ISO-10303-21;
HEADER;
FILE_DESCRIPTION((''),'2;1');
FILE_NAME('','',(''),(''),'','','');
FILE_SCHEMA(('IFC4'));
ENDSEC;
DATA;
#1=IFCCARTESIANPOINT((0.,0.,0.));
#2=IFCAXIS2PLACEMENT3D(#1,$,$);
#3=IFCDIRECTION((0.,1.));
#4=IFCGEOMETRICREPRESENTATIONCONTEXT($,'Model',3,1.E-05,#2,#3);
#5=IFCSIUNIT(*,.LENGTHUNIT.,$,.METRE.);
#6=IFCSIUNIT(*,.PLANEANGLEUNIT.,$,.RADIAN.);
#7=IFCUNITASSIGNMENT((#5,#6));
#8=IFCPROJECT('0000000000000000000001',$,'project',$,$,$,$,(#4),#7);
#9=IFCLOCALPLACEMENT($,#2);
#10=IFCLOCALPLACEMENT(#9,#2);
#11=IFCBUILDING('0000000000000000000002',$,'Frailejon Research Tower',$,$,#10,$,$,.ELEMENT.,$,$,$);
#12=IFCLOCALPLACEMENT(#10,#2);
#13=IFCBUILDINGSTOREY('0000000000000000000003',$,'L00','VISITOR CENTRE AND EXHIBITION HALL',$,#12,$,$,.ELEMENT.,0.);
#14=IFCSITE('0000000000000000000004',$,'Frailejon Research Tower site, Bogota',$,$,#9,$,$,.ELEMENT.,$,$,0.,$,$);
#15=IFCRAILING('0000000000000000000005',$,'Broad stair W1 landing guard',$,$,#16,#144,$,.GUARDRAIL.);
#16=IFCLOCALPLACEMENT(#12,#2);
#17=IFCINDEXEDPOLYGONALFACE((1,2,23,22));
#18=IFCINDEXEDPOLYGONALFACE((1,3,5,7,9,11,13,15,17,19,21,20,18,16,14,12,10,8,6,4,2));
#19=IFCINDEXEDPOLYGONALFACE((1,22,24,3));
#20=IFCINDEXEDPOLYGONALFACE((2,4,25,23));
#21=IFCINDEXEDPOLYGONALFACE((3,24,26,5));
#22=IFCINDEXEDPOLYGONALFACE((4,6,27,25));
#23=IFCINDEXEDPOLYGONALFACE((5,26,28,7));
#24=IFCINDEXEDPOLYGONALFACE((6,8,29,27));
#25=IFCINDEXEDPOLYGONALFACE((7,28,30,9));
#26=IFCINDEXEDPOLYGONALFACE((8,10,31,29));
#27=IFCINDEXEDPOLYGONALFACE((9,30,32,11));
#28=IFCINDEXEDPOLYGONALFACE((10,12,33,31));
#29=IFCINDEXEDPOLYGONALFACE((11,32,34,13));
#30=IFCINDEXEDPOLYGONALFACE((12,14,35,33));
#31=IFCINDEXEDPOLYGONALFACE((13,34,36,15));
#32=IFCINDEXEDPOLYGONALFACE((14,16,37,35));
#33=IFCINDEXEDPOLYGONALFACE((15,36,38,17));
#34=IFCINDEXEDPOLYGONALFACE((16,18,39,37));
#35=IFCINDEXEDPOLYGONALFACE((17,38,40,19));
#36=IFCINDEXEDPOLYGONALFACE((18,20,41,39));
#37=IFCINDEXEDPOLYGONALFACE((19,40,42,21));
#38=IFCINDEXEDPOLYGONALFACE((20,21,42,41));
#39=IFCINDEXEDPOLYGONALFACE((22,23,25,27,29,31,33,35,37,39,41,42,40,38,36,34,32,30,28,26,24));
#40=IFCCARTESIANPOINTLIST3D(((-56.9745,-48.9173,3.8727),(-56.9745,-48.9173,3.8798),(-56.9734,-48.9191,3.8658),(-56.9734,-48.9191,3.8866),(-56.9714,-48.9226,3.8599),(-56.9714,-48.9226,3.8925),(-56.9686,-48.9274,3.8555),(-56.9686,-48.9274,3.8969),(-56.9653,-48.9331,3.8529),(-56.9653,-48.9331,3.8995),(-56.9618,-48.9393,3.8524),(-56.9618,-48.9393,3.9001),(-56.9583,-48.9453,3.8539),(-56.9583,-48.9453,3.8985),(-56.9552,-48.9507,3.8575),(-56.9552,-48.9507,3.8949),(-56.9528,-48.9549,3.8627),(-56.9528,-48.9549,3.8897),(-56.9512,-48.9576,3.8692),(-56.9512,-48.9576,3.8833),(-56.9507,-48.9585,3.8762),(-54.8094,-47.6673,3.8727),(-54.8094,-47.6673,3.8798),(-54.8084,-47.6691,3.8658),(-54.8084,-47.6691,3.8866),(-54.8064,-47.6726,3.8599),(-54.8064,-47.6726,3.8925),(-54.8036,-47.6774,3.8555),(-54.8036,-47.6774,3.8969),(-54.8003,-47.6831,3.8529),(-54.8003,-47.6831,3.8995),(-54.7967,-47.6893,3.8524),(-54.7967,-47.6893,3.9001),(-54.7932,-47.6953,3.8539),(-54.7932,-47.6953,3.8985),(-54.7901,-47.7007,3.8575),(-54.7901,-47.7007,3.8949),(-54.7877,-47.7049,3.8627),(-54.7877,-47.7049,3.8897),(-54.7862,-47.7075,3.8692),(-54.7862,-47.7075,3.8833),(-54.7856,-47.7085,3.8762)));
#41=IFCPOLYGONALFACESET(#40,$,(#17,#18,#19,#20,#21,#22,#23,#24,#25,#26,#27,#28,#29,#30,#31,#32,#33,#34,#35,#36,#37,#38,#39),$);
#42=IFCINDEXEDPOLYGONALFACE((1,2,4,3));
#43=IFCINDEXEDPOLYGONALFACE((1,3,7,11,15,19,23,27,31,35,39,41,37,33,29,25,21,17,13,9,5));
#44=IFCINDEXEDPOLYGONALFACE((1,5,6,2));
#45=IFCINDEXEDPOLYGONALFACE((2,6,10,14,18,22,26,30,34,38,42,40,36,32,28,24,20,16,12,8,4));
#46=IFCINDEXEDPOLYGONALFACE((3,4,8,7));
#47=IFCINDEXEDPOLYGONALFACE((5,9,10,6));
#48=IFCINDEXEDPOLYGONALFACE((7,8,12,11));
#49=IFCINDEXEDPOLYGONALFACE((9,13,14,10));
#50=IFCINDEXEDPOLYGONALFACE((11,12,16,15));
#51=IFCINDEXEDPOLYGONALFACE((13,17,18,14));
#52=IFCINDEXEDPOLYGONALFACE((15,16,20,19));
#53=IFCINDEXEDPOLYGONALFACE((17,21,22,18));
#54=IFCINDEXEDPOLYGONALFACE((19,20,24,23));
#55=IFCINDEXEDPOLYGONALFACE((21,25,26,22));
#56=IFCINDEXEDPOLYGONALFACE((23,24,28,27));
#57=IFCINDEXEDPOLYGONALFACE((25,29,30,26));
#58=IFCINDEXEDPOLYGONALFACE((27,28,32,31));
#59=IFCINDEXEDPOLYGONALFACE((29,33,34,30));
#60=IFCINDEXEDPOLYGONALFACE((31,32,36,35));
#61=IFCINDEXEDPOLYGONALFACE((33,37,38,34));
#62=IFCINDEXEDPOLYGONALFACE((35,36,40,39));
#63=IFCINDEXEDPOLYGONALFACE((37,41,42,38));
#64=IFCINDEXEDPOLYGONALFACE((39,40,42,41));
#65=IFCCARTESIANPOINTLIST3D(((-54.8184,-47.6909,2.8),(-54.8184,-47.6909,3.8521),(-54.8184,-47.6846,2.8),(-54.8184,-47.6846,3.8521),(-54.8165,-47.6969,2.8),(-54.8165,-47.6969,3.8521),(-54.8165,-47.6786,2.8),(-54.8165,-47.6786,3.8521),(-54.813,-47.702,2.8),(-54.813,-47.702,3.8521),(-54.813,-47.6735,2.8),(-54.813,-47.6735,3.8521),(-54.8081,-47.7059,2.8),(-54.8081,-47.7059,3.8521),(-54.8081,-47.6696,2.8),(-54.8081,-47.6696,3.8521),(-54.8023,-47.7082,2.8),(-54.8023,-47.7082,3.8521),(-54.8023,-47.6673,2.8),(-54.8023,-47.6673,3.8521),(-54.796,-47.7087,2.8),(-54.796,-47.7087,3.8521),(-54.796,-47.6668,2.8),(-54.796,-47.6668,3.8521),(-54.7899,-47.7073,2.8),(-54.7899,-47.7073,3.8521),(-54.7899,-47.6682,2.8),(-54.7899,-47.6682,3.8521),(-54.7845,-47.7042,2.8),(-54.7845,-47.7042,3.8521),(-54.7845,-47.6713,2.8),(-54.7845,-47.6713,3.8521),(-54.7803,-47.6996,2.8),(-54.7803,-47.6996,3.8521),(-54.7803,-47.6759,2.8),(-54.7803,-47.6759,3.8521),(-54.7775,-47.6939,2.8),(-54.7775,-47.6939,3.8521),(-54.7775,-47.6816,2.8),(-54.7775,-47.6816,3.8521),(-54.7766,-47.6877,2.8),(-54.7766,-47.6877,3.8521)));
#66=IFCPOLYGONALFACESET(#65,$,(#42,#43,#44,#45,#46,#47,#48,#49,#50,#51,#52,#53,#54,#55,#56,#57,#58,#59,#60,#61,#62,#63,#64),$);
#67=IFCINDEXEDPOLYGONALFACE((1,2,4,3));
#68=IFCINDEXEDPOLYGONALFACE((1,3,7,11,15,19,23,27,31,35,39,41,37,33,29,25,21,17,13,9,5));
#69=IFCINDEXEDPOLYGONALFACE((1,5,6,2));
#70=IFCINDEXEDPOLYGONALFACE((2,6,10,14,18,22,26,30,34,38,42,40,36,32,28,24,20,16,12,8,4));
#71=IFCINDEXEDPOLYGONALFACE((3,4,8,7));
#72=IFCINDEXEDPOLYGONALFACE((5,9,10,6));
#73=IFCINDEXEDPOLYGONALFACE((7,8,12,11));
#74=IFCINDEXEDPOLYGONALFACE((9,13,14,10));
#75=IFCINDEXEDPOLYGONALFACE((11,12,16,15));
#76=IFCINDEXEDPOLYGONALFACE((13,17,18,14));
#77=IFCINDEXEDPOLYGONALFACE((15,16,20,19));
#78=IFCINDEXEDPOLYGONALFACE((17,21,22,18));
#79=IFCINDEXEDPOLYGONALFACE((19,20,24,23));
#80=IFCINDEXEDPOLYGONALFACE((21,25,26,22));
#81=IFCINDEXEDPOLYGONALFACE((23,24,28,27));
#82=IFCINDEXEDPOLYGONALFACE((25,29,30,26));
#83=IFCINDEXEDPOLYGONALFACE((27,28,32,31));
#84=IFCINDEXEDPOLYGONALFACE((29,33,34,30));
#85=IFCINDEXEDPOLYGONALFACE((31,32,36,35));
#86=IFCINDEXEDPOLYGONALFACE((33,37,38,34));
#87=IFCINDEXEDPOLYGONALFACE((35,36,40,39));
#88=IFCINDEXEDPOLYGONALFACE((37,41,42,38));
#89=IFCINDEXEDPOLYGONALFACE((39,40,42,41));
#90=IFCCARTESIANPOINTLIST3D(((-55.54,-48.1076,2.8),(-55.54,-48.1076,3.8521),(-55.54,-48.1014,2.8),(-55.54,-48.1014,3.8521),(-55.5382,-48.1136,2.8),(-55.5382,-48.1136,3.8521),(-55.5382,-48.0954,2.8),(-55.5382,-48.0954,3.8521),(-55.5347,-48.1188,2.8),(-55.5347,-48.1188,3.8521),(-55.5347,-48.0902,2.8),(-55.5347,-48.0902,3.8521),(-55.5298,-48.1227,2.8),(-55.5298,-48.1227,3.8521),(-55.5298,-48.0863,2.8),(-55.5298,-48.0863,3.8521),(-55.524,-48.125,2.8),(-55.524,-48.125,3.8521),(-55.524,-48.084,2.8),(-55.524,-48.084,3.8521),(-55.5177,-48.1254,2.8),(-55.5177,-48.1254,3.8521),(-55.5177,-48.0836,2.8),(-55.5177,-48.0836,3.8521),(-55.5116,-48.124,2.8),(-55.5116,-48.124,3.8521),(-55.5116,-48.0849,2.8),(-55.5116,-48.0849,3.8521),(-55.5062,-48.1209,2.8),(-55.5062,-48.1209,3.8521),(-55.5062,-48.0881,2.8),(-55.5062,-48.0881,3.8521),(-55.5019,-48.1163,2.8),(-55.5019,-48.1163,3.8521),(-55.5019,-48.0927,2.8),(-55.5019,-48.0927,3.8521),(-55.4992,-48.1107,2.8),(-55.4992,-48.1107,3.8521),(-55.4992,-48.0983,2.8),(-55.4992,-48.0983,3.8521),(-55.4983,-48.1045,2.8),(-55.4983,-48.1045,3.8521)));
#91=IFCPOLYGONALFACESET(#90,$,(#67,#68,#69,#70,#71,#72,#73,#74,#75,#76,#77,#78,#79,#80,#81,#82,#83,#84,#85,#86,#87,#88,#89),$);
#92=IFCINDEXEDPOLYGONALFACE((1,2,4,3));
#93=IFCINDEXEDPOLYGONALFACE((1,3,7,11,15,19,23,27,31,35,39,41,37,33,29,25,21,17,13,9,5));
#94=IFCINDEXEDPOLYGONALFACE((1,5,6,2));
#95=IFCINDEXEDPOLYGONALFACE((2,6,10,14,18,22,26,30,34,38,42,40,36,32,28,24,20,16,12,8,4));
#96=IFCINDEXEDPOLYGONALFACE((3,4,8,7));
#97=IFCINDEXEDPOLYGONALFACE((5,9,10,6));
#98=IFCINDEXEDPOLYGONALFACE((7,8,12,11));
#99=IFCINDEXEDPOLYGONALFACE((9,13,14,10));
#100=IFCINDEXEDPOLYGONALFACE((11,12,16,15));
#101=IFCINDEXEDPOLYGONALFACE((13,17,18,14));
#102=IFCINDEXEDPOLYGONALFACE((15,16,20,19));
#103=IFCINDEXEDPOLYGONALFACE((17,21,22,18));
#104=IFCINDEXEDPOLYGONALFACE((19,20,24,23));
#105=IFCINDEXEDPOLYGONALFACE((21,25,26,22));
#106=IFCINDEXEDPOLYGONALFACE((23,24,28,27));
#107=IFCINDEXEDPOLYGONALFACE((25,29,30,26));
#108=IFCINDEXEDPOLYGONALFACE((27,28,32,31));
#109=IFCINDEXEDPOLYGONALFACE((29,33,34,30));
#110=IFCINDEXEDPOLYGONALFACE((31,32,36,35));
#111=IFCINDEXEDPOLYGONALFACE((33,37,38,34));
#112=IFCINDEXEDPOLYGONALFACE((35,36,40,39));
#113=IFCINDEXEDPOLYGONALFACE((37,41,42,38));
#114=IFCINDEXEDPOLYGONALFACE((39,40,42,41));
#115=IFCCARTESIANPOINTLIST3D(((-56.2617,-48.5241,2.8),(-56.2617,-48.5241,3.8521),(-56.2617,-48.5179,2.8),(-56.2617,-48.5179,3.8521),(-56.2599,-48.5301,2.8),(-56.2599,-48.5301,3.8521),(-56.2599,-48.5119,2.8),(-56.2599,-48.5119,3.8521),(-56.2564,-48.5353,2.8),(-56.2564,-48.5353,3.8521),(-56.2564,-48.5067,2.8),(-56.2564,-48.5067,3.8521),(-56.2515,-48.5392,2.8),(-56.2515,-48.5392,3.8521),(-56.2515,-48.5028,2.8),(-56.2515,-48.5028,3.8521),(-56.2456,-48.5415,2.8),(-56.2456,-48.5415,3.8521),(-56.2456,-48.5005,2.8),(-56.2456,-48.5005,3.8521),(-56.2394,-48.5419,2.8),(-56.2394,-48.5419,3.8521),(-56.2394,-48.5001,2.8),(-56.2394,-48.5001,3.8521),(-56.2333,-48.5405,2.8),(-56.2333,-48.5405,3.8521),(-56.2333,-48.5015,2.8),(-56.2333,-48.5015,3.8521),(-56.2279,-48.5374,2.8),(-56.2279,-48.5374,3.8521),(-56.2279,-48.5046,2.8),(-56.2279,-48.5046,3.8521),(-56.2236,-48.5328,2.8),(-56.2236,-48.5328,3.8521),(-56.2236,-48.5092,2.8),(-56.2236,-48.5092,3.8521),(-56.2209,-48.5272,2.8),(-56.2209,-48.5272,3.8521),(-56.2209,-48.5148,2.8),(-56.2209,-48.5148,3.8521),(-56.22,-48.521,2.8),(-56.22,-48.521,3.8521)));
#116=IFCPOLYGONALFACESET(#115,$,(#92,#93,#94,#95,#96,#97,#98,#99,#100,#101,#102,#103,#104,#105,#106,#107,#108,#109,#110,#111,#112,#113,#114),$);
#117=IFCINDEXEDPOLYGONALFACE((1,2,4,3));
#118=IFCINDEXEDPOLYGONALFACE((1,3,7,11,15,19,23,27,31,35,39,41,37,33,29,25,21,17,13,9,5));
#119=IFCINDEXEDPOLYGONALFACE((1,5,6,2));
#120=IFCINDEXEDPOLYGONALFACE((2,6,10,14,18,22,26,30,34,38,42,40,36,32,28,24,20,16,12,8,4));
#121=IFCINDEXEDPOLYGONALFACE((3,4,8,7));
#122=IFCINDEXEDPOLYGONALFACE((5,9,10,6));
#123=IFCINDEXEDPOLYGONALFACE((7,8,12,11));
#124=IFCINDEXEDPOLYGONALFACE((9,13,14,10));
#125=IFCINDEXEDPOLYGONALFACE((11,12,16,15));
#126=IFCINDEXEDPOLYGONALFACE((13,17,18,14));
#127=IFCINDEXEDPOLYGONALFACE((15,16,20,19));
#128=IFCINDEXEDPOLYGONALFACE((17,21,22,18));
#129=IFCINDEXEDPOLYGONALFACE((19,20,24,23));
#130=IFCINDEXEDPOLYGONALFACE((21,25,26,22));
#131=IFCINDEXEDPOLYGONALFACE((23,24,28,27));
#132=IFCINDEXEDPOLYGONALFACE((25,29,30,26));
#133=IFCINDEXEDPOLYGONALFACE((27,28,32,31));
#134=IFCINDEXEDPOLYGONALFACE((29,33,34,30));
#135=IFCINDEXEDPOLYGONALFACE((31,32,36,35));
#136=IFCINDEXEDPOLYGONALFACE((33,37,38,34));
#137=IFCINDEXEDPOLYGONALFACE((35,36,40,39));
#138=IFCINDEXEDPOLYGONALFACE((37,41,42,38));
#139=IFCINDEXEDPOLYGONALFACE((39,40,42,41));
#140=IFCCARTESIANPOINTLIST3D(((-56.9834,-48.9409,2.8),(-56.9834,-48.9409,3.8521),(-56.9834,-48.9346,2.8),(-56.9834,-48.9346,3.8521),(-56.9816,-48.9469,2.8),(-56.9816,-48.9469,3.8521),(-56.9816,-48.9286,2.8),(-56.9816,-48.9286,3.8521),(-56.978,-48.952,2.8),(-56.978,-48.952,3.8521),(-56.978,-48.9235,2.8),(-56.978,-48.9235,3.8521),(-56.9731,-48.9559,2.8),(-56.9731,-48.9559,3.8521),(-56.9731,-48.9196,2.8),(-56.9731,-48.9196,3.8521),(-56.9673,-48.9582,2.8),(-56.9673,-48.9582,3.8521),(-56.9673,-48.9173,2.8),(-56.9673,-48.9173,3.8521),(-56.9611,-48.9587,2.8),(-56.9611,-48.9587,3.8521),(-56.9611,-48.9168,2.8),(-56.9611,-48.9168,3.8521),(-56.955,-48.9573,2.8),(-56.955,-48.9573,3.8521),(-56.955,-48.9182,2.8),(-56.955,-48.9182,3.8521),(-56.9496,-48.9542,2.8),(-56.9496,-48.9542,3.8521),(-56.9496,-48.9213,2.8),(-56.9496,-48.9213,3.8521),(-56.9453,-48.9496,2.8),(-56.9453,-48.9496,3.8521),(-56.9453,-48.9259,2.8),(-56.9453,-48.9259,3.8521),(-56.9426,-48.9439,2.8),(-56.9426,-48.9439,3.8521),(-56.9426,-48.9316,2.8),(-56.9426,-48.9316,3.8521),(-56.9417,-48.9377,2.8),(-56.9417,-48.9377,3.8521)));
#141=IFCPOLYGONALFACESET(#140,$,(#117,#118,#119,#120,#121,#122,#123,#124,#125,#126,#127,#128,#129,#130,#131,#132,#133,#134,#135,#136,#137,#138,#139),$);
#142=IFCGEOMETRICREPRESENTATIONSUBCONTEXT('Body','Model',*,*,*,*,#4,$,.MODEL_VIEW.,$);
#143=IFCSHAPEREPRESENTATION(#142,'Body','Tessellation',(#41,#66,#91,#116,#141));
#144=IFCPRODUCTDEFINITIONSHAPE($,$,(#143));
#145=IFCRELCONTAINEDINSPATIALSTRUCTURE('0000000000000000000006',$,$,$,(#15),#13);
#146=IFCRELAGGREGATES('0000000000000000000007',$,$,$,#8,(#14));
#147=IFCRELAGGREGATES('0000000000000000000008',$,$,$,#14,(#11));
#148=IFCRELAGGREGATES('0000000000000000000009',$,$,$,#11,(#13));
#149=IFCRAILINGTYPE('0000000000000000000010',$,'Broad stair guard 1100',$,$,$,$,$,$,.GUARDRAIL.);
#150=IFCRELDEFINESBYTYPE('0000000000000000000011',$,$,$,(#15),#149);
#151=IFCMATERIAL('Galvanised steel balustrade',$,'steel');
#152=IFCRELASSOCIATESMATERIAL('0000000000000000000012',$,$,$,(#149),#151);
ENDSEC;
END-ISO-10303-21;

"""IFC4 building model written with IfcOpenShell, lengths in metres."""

from ifc_helpers import new_model, si_unit, direction, frame, origin, origin_2d, place, context, subcontext, project, spatial, circle, extrude, material, type_object, element, save


model = new_model("IFC4")

# Units and contexts
model_context = context("Model", 3, precision=1e-05, world=origin(), true_north=direction((0.0, 1.0)))
body_context = subcontext(model_context, "Body", "Model", "MODEL_VIEW")
ifc_project = project(units=[si_unit("LENGTHUNIT", "METRE"), si_unit("PLANEANGLEUNIT", "RADIAN")], contexts=[model_context])

# Site, building, storey
site_placement = place(None, origin())
site = spatial("IfcSite", under=ifc_project, at=site_placement, Name="Frailejon Research Tower site, Bogota", CompositionType="ELEMENT", RefElevation=0.0)
building_placement = place(site_placement, origin())
building = spatial("IfcBuilding", under=site, at=building_placement, Name="Frailejon Research Tower", CompositionType="ELEMENT")
storey_placement = place(building_placement, origin())
storey = spatial("IfcBuildingStorey", under=building, at=storey_placement, Name="L00", Description="VISITOR CENTRE AND EXHIBITION HALL", CompositionType="ELEMENT", Elevation=0.0)

# Railing
ifc_material_1 = material(Name="Galvanised steel balustrade", Category="steel")
railing_type_1 = type_object("IfcRailingType", Name="Broad stair guard 1100", PredefinedType="GUARDRAIL", material=ifc_material_1)
railing_1_placement = place(storey_placement, frame((-54.7976, -47.6877, 2.8)))
element("IfcRailing", 1, at=railing_1_placement, inside=storey, type_object=railing_type_1, Name="Broad stair W1 landing guard", PredefinedType="GUARDRAIL", context=body_context, shape_type="SweptSolid", body=[
    extrude(circle(Radius=0.0239, at=origin_2d()), frame((0.0, 0.0, 1.0762), z_axis=(-0.866023, -0.500004, 0.0), x_axis=(0.500004, -0.866023, 0.0)), (0.0, 0.0, 1.0), 2.5),
    extrude(circle(Radius=0.021, at=origin_2d()), origin(), (0.0, 0.0, 1.0), 1.052),
    extrude(circle(Radius=0.021, at=origin_2d()), frame((-0.7217, -0.4167, 0.0)), (0.0, 0.0, 1.0), 1.052),
    extrude(circle(Radius=0.021, at=origin_2d()), frame((-1.4434, -0.8333, 0.0)), (0.0, 0.0, 1.0), 1.052),
    extrude(circle(Radius=0.021, at=origin_2d()), frame((-2.165, -1.25, 0.0)), (0.0, 0.0, 1.0), 1.052),
])

save(model, "model.ifc")
